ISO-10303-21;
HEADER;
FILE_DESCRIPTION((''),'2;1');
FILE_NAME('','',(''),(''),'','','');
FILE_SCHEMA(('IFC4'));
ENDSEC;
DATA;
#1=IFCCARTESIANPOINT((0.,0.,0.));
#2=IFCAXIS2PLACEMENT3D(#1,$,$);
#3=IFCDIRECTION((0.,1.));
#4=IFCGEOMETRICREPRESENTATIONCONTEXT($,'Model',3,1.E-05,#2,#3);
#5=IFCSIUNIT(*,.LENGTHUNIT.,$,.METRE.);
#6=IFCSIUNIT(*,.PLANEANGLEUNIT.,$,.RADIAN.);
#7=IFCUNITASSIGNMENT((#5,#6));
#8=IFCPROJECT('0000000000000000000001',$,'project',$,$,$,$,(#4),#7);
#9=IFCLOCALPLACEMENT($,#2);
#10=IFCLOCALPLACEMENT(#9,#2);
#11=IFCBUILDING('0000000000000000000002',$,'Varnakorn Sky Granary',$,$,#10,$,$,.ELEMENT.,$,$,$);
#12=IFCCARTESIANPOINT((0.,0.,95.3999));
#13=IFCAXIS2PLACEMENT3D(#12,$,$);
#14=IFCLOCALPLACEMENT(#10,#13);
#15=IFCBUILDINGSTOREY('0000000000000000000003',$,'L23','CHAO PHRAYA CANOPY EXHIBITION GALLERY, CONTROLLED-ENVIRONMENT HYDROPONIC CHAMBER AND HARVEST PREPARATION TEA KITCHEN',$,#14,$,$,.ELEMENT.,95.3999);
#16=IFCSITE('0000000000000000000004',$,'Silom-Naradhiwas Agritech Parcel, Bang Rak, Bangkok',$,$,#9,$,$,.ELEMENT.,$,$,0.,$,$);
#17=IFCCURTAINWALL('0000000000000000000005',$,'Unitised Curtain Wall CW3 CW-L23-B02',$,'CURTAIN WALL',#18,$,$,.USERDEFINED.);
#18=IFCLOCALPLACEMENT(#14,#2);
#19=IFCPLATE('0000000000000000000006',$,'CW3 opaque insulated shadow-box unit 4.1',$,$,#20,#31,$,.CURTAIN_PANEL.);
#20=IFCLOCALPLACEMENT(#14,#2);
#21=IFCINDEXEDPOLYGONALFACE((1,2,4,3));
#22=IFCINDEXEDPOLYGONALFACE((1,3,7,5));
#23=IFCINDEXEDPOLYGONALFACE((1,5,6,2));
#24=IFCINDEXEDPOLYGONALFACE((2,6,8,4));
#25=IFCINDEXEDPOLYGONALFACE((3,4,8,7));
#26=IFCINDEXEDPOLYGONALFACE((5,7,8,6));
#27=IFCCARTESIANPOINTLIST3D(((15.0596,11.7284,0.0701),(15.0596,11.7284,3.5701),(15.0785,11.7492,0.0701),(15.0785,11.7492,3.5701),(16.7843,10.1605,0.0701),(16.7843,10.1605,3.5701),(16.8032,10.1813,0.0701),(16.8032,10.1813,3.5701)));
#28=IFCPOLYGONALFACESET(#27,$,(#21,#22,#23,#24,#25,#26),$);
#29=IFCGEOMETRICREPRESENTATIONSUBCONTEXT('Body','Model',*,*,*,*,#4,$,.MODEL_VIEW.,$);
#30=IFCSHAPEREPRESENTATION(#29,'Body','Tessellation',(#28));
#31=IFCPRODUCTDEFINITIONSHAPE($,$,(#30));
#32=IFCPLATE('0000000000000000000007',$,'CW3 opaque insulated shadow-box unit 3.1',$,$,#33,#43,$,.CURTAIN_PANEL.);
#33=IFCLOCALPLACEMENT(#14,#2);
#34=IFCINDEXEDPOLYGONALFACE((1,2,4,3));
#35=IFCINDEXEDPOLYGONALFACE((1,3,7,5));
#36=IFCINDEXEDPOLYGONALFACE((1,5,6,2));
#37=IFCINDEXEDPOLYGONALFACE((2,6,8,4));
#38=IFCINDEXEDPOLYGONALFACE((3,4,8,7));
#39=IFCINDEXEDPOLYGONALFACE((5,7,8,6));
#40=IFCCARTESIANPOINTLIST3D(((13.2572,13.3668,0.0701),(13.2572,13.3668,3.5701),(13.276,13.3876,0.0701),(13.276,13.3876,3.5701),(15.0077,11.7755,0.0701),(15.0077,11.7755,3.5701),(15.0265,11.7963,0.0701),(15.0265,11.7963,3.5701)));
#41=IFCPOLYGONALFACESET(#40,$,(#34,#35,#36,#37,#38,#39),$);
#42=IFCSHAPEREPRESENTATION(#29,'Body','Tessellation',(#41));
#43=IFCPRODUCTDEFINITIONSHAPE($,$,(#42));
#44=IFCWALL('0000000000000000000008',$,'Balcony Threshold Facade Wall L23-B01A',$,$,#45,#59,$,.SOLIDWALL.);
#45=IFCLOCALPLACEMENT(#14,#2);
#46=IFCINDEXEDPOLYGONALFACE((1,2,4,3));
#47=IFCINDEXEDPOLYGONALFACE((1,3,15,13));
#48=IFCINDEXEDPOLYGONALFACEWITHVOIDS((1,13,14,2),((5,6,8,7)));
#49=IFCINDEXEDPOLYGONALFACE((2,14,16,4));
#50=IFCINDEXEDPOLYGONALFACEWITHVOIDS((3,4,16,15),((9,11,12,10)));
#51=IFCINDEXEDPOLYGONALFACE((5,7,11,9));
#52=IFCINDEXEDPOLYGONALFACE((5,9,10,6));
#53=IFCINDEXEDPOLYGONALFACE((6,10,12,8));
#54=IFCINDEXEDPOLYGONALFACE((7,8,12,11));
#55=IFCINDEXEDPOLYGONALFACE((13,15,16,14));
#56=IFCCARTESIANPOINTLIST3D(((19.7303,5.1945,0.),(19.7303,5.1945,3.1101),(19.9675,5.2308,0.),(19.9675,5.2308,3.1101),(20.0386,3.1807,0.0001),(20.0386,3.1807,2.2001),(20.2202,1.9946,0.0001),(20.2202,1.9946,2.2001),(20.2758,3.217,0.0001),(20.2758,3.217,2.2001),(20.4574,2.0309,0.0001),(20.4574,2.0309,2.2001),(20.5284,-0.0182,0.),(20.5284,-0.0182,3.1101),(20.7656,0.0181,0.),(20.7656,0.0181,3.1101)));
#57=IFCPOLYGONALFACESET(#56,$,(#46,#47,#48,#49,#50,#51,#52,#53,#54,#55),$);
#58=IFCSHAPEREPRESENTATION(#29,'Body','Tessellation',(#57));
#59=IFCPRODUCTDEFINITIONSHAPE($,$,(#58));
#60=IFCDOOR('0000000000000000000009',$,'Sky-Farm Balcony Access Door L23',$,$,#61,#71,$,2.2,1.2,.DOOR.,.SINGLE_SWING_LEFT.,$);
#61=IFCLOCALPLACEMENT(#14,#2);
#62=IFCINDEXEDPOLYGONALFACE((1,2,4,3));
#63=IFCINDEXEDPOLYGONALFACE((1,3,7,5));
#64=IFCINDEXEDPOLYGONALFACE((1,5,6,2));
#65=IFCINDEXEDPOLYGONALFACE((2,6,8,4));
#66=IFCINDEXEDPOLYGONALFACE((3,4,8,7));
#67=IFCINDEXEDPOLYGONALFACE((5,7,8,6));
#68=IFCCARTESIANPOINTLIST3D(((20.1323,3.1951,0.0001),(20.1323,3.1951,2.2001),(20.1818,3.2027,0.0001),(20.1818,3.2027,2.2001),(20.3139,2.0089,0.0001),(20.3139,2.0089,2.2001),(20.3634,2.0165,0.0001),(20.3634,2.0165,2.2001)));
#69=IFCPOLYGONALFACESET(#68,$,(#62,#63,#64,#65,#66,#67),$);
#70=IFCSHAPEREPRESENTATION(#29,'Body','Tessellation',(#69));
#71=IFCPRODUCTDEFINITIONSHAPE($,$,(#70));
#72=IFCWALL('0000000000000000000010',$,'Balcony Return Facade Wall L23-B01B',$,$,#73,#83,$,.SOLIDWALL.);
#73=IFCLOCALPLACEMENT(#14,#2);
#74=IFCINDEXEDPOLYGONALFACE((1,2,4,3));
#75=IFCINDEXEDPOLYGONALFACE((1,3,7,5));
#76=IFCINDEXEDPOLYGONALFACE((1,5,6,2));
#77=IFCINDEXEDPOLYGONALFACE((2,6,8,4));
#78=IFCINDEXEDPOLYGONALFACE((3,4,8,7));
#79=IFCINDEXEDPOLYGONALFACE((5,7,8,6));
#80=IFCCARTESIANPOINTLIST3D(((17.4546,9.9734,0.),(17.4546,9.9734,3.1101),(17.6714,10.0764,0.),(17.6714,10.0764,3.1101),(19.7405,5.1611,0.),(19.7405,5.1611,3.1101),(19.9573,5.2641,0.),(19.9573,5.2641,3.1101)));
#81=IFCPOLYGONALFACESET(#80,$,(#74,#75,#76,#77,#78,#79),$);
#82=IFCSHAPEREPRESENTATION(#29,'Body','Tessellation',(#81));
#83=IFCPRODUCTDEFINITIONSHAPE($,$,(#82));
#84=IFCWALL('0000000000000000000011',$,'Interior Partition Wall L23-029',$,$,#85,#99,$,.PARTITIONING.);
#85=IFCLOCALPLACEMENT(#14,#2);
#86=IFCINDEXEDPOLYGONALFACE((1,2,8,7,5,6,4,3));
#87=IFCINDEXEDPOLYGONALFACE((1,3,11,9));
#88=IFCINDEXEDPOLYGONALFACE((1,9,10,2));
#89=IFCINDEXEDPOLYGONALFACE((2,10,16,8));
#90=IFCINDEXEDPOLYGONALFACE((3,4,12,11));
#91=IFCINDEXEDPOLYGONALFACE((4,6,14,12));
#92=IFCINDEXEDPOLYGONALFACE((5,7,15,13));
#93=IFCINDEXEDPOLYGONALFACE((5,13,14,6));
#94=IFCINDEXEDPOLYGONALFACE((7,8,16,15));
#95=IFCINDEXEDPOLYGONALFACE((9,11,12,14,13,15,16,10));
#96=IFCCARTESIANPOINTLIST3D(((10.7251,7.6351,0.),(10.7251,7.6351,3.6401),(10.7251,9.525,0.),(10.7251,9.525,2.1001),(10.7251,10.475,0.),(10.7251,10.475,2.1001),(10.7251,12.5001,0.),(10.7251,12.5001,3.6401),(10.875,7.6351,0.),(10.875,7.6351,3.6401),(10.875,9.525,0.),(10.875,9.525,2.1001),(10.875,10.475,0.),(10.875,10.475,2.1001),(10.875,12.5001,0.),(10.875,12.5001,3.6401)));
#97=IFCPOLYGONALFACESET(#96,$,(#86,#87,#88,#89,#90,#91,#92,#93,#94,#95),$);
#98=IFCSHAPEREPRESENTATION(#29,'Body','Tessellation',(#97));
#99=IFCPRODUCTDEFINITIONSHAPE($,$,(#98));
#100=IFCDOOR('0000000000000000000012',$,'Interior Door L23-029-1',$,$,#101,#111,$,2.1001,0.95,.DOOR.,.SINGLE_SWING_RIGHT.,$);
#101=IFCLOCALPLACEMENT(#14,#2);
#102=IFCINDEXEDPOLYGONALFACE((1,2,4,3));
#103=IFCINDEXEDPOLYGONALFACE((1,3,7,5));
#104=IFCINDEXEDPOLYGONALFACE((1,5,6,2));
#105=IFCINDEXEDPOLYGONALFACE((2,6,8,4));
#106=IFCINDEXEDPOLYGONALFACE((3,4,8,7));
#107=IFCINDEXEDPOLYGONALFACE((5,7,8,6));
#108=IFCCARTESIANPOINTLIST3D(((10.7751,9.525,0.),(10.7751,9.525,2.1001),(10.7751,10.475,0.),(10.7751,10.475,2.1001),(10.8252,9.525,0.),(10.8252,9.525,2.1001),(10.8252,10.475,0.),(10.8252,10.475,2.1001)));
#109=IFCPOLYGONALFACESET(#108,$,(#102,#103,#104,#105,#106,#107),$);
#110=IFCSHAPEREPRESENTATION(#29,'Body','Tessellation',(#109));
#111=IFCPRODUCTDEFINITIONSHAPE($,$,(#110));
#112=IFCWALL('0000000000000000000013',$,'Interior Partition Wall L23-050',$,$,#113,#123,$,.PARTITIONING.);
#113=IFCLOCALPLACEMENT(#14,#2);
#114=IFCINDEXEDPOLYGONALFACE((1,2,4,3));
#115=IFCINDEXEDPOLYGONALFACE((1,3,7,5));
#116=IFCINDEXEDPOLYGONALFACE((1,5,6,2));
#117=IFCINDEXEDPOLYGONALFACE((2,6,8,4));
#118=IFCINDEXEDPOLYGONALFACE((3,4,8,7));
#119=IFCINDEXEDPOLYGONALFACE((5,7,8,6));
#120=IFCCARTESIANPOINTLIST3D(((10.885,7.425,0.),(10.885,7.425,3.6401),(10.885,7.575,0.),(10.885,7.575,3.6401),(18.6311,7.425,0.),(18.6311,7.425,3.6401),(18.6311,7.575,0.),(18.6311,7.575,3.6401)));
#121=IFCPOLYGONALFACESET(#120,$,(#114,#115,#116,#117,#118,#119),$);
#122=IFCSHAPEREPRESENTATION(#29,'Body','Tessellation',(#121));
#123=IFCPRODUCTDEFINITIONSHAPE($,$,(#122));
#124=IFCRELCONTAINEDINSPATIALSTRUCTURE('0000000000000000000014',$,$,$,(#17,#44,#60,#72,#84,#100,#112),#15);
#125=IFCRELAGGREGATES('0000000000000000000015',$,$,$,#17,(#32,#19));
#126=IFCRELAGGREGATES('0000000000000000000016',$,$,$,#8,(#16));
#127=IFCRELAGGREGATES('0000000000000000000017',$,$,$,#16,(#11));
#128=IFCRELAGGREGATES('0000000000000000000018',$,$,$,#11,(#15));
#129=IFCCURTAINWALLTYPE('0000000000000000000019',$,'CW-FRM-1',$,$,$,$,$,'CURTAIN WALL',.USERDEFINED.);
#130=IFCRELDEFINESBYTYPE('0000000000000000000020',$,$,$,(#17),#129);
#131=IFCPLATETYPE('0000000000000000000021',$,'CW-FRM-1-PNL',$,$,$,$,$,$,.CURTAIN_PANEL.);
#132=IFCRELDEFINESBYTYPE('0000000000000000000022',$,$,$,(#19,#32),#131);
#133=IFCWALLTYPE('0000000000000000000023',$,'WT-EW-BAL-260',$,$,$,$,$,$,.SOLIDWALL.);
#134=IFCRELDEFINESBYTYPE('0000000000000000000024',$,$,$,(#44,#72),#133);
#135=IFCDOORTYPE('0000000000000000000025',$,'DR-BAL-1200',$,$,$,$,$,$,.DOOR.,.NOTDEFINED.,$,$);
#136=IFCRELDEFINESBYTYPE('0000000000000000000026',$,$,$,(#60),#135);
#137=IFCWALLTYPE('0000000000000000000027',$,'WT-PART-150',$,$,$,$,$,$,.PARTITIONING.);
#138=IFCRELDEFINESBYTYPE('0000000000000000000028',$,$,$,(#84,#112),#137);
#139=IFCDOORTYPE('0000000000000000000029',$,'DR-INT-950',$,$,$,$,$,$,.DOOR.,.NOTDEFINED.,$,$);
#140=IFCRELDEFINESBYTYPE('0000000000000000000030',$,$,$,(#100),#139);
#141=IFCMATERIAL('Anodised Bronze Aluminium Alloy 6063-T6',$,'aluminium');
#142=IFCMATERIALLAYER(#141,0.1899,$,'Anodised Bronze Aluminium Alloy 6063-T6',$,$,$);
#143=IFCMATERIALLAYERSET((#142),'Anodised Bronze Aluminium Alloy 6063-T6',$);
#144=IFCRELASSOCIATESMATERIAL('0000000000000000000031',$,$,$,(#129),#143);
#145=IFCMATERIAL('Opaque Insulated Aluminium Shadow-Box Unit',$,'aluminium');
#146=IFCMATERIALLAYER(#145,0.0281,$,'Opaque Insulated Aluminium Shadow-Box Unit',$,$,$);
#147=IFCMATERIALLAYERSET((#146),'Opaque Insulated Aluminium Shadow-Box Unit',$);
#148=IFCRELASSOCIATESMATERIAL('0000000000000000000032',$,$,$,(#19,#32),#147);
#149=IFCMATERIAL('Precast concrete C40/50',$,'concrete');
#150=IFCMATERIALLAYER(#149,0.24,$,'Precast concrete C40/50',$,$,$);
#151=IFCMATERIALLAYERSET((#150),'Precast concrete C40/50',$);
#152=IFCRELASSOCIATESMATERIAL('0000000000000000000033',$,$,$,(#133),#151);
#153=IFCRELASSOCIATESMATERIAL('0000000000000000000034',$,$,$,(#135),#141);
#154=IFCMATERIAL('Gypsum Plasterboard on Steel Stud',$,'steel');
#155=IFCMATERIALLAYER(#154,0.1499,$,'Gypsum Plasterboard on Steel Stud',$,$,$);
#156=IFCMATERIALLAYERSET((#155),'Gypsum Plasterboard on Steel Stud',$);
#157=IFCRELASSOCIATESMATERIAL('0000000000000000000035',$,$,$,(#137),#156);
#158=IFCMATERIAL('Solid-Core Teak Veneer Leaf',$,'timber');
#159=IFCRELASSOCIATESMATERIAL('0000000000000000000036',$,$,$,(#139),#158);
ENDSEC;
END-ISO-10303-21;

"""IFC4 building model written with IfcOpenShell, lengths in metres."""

from ifc_helpers import new_model, si_unit, direction, frame, frame_2d, origin, origin_2d, place, context, subcontext, project, spatial, rectangle, extrude, source, transform, mapped, material, layer, layer_set, type_object, type_shapes, element, fill, aggregate, save


model = new_model("IFC4")

# Units and contexts
model_context = context("Model", 3, precision=1e-05, world=origin(), true_north=direction((0.0, 1.0)))
body_context = subcontext(model_context, "Body", "Model", "MODEL_VIEW")
ifc_project = project(units=[si_unit("LENGTHUNIT", "METRE"), si_unit("PLANEANGLEUNIT", "RADIAN")], contexts=[model_context])

# Site, building, storey
site_placement = place(None, origin())
site = spatial("IfcSite", under=ifc_project, at=site_placement, Name="Silom-Naradhiwas Agritech Parcel, Bang Rak, Bangkok", CompositionType="ELEMENT", RefElevation=0.0)
building_placement = place(site_placement, origin())
building = spatial("IfcBuilding", under=site, at=building_placement, Name="Varnakorn Sky Granary", CompositionType="ELEMENT")
storey_placement = place(building_placement, frame((0.0, 0.0, 95.3999)))
storey = spatial("IfcBuildingStorey", under=building, at=storey_placement, Name="L23", Description="CHAO PHRAYA CANOPY EXHIBITION GALLERY, CONTROLLED-ENVIRONMENT HYDROPONIC CHAMBER AND HARVEST PREPARATION TEA KITCHEN", CompositionType="ELEMENT", Elevation=95.3999)

# Curtain wall
ifc_material_1 = material(Name="Anodised Bronze Aluminium Alloy 6063-T6", Category="aluminium")
ifc_layer_1 = layer(ifc_material_1, 0.1899, Name="Anodised Bronze Aluminium Alloy 6063-T6")
ifc_layer_set_1 = layer_set([ifc_layer_1], Name="Anodised Bronze Aluminium Alloy 6063-T6")
curtain_wall_type = type_object("IfcCurtainWallType", Name="CW-FRM-1", ElementType="CURTAIN WALL", PredefinedType="USERDEFINED", material=ifc_layer_set_1)
curtain_wall_placement = place(storey_placement, origin())
curtain_wall = element("IfcCurtainWall", 1, at=curtain_wall_placement, inside=storey, type_object=curtain_wall_type, Name="Unitised Curtain Wall CW3 CW-L23-B02", ObjectType="CURTAIN WALL", PredefinedType="USERDEFINED")

# Plates
ifc_material_2 = material(Name="Opaque Insulated Aluminium Shadow-Box Unit", Category="aluminium")
ifc_layer_2 = layer(ifc_material_2, 0.0281, Name="Opaque Insulated Aluminium Shadow-Box Unit")
ifc_layer_set_2 = layer_set([ifc_layer_2], Name="Opaque Insulated Aluminium Shadow-Box Unit")
plate_type = type_object("IfcPlateType", Name="CW-FRM-1-PNL", PredefinedType="CURTAIN_PANEL")
shared_shape_1 = source(origin(), body_context, "Body", "SweptSolid", [
    extrude(rectangle(XDim=2.3308, YDim=0.0281, at=origin_2d()), origin(), (0.0, 0.0, 1.0), 3.5),
])
plate_1_placement = place(storey_placement, frame((15.9314, 10.9548, 0.0701), z_axis=(0.0, 0.0, 1.0), x_axis=(0.739941, -0.672672, 0.0)))
plate_1 = element("IfcPlate", 2, at=plate_1_placement, type_object=plate_type, material=ifc_layer_set_2, Name="CW3 opaque insulated shadow-box unit 4.1", PredefinedType="CURTAIN_PANEL", context=body_context, shape_type="MappedRepresentation", body=[
    mapped(shared_shape_1, transform((0.0, 0.0, 0.0), x_axis=(1.0, 0.0, 0.0), y_axis=(0.0, 1.0, 0.0), z_axis=(0.0, 0.0, 1.0), scale=1.0)),
])
shared_shape_2 = source(origin(), body_context, "Body", "SweptSolid", [
    extrude(rectangle(XDim=2.3657, YDim=0.0281, at=origin_2d()), origin(), (0.0, 0.0, 1.0), 3.5),
])
type_shapes(plate_type, [shared_shape_1, shared_shape_2])
plate_2_placement = place(storey_placement, frame((14.1418, 12.5815, 0.0701), z_axis=(0.0, 0.0, 1.0), x_axis=(0.739941, -0.672672, 0.0)))
plate_2 = element("IfcPlate", 3, at=plate_2_placement, type_object=plate_type, material=ifc_layer_set_2, Name="CW3 opaque insulated shadow-box unit 3.1", PredefinedType="CURTAIN_PANEL", context=body_context, shape_type="MappedRepresentation", body=[
    mapped(shared_shape_2, transform((0.0, 0.0, 0.0), x_axis=(1.0, 0.0, 0.0), y_axis=(0.0, 1.0, 0.0), z_axis=(0.0, 0.0, 1.0), scale=1.0)),
])
aggregate(curtain_wall, [plate_2, plate_1])

# Wall, opening, door
ifc_material_3 = material(Name="Precast concrete C40/50", Category="concrete")
ifc_layer_3 = layer(ifc_material_3, 0.24, Name="Precast concrete C40/50")
ifc_layer_set_3 = layer_set([ifc_layer_3], Name="Precast concrete C40/50")
wall_type_1 = type_object("IfcWallType", Name="WT-EW-BAL-260", PredefinedType="SOLIDWALL", material=ifc_layer_set_3)
wall_1_placement = place(storey_placement, frame((19.8489, 5.2126, 0.0), z_axis=(0.0, 0.0, 1.0), x_axis=(0.151344, -0.988481, 0.0)))
wall_1 = element("IfcWall", 4, at=wall_1_placement, inside=storey, type_object=wall_type_1, Name="Balcony Threshold Facade Wall L23-B01A", PredefinedType="SOLIDWALL", context=body_context, shape_type="SweptSolid", body=[
    extrude(rectangle(XDim=5.2734, YDim=0.24, at=frame_2d((2.6367, 0.0))), origin(), (0.0, 0.0, 1.0), 3.1101),
])
opening_1_placement = place(wall_1_placement, frame((2.0371, 0.0, 0.0)))
opening_1 = element("IfcOpeningElement", 5, at=opening_1_placement, cuts=wall_1, PredefinedType="OPENING", context=body_context, shape_type="SweptSolid", body=[
    extrude(rectangle(XDim=1.2, YDim=2.2, at=frame_2d((0.6001, 1.1001))), frame((0.0, 0.1299, 0.0), z_axis=(0.0, -1.0, 0.0), x_axis=(1.0, 0.0, 0.0)), (0.0, 0.0, 1.0), 0.26),
])
door_type_1 = type_object("IfcDoorType", Name="DR-BAL-1200", OperationType="NOTDEFINED", PredefinedType="DOOR", material=ifc_material_1)
door_1_placement = place(opening_1_placement, origin())
door_1 = element("IfcDoor", 6, at=door_1_placement, inside=storey, type_object=door_type_1, Name="Sky-Farm Balcony Access Door L23", OperationType="SINGLE_SWING_LEFT", OverallHeight=2.2, OverallWidth=1.2, PredefinedType="DOOR", context=body_context, shape_type="SweptSolid", body=[
    extrude(rectangle(XDim=1.2, YDim=2.2, at=frame_2d((0.6001, 1.1001))), frame((0.0, 0.0249, 0.0), z_axis=(0.0, -1.0, 0.0), x_axis=(1.0, 0.0, 0.0)), (0.0, 0.0, 1.0), 0.05),
])
fill(opening_1, door_1)

# Wall
wall_2_placement = place(storey_placement, frame((17.563, 10.0249, 0.0), z_axis=(0.0, 0.0, 1.0), x_axis=(0.429067, -0.903273, 0.0)))
element("IfcWall", 7, at=wall_2_placement, inside=storey, type_object=wall_type_1, Name="Balcony Return Facade Wall L23-B01B", PredefinedType="SOLIDWALL", context=body_context, shape_type="SweptSolid", body=[
    extrude(rectangle(XDim=5.3276, YDim=0.24, at=frame_2d((2.6638, 0.0))), origin(), (0.0, 0.0, 1.0), 3.1101),
])

# Wall, opening, door
ifc_material_4 = material(Name="Gypsum Plasterboard on Steel Stud", Category="steel")
ifc_layer_4 = layer(ifc_material_4, 0.1499, Name="Gypsum Plasterboard on Steel Stud")
ifc_layer_set_4 = layer_set([ifc_layer_4], Name="Gypsum Plasterboard on Steel Stud")
wall_type_2 = type_object("IfcWallType", Name="WT-PART-150", PredefinedType="PARTITIONING", material=ifc_layer_set_4)
wall_3_placement = place(storey_placement, frame((10.8, 7.635, 0.0), z_axis=(0.0, 0.0, 1.0), x_axis=(0.0, 1.0, 0.0)))
wall_3 = element("IfcWall", 8, at=wall_3_placement, inside=storey, type_object=wall_type_2, Name="Interior Partition Wall L23-029", PredefinedType="PARTITIONING", context=body_context, shape_type="SweptSolid", body=[
    extrude(rectangle(XDim=4.865, YDim=0.1499, at=frame_2d((2.4326, 0.0))), origin(), (0.0, 0.0, 1.0), 3.6401),
])
opening_2_placement = place(wall_3_placement, frame((1.8899, 0.0, 0.0)))
opening_2 = element("IfcOpeningElement", 9, at=opening_2_placement, cuts=wall_3, PredefinedType="OPENING", context=body_context, shape_type="SweptSolid", body=[
    extrude(rectangle(XDim=0.95, YDim=2.1001, at=frame_2d((0.4751, 1.05))), frame((0.0, 0.085, 0.0), z_axis=(0.0, -1.0, 0.0), x_axis=(1.0, 0.0, 0.0)), (0.0, 0.0, 1.0), 0.1699),
])
ifc_material_5 = material(Name="Solid-Core Teak Veneer Leaf", Category="timber")
door_type_2 = type_object("IfcDoorType", Name="DR-INT-950", OperationType="NOTDEFINED", PredefinedType="DOOR", material=ifc_material_5)
door_2_placement = place(opening_2_placement, origin())
door_2 = element("IfcDoor", 10, at=door_2_placement, inside=storey, type_object=door_type_2, Name="Interior Door L23-029-1", OperationType="SINGLE_SWING_RIGHT", OverallHeight=2.1001, OverallWidth=0.95, PredefinedType="DOOR", context=body_context, shape_type="SweptSolid", body=[
    extrude(rectangle(XDim=0.95, YDim=2.1001, at=frame_2d((0.4751, 1.05))), frame((0.0, 0.0249, 0.0), z_axis=(0.0, -1.0, 0.0), x_axis=(1.0, 0.0, 0.0)), (0.0, 0.0, 1.0), 0.05),
])
fill(opening_2, door_2)

# Wall
wall_4_placement = place(storey_placement, frame((10.885, 7.5, 0.0), z_axis=(0.0, 0.0, 1.0), x_axis=(1.0, 0.0, 0.0)))
element("IfcWall", 11, at=wall_4_placement, inside=storey, type_object=wall_type_2, Name="Interior Partition Wall L23-050", PredefinedType="PARTITIONING", context=body_context, shape_type="SweptSolid", body=[
    extrude(rectangle(XDim=7.7461, YDim=0.1499, at=frame_2d((3.873, 0.0))), origin(), (0.0, 0.0, 1.0), 3.6401),
])

save(model, "model.ifc")
